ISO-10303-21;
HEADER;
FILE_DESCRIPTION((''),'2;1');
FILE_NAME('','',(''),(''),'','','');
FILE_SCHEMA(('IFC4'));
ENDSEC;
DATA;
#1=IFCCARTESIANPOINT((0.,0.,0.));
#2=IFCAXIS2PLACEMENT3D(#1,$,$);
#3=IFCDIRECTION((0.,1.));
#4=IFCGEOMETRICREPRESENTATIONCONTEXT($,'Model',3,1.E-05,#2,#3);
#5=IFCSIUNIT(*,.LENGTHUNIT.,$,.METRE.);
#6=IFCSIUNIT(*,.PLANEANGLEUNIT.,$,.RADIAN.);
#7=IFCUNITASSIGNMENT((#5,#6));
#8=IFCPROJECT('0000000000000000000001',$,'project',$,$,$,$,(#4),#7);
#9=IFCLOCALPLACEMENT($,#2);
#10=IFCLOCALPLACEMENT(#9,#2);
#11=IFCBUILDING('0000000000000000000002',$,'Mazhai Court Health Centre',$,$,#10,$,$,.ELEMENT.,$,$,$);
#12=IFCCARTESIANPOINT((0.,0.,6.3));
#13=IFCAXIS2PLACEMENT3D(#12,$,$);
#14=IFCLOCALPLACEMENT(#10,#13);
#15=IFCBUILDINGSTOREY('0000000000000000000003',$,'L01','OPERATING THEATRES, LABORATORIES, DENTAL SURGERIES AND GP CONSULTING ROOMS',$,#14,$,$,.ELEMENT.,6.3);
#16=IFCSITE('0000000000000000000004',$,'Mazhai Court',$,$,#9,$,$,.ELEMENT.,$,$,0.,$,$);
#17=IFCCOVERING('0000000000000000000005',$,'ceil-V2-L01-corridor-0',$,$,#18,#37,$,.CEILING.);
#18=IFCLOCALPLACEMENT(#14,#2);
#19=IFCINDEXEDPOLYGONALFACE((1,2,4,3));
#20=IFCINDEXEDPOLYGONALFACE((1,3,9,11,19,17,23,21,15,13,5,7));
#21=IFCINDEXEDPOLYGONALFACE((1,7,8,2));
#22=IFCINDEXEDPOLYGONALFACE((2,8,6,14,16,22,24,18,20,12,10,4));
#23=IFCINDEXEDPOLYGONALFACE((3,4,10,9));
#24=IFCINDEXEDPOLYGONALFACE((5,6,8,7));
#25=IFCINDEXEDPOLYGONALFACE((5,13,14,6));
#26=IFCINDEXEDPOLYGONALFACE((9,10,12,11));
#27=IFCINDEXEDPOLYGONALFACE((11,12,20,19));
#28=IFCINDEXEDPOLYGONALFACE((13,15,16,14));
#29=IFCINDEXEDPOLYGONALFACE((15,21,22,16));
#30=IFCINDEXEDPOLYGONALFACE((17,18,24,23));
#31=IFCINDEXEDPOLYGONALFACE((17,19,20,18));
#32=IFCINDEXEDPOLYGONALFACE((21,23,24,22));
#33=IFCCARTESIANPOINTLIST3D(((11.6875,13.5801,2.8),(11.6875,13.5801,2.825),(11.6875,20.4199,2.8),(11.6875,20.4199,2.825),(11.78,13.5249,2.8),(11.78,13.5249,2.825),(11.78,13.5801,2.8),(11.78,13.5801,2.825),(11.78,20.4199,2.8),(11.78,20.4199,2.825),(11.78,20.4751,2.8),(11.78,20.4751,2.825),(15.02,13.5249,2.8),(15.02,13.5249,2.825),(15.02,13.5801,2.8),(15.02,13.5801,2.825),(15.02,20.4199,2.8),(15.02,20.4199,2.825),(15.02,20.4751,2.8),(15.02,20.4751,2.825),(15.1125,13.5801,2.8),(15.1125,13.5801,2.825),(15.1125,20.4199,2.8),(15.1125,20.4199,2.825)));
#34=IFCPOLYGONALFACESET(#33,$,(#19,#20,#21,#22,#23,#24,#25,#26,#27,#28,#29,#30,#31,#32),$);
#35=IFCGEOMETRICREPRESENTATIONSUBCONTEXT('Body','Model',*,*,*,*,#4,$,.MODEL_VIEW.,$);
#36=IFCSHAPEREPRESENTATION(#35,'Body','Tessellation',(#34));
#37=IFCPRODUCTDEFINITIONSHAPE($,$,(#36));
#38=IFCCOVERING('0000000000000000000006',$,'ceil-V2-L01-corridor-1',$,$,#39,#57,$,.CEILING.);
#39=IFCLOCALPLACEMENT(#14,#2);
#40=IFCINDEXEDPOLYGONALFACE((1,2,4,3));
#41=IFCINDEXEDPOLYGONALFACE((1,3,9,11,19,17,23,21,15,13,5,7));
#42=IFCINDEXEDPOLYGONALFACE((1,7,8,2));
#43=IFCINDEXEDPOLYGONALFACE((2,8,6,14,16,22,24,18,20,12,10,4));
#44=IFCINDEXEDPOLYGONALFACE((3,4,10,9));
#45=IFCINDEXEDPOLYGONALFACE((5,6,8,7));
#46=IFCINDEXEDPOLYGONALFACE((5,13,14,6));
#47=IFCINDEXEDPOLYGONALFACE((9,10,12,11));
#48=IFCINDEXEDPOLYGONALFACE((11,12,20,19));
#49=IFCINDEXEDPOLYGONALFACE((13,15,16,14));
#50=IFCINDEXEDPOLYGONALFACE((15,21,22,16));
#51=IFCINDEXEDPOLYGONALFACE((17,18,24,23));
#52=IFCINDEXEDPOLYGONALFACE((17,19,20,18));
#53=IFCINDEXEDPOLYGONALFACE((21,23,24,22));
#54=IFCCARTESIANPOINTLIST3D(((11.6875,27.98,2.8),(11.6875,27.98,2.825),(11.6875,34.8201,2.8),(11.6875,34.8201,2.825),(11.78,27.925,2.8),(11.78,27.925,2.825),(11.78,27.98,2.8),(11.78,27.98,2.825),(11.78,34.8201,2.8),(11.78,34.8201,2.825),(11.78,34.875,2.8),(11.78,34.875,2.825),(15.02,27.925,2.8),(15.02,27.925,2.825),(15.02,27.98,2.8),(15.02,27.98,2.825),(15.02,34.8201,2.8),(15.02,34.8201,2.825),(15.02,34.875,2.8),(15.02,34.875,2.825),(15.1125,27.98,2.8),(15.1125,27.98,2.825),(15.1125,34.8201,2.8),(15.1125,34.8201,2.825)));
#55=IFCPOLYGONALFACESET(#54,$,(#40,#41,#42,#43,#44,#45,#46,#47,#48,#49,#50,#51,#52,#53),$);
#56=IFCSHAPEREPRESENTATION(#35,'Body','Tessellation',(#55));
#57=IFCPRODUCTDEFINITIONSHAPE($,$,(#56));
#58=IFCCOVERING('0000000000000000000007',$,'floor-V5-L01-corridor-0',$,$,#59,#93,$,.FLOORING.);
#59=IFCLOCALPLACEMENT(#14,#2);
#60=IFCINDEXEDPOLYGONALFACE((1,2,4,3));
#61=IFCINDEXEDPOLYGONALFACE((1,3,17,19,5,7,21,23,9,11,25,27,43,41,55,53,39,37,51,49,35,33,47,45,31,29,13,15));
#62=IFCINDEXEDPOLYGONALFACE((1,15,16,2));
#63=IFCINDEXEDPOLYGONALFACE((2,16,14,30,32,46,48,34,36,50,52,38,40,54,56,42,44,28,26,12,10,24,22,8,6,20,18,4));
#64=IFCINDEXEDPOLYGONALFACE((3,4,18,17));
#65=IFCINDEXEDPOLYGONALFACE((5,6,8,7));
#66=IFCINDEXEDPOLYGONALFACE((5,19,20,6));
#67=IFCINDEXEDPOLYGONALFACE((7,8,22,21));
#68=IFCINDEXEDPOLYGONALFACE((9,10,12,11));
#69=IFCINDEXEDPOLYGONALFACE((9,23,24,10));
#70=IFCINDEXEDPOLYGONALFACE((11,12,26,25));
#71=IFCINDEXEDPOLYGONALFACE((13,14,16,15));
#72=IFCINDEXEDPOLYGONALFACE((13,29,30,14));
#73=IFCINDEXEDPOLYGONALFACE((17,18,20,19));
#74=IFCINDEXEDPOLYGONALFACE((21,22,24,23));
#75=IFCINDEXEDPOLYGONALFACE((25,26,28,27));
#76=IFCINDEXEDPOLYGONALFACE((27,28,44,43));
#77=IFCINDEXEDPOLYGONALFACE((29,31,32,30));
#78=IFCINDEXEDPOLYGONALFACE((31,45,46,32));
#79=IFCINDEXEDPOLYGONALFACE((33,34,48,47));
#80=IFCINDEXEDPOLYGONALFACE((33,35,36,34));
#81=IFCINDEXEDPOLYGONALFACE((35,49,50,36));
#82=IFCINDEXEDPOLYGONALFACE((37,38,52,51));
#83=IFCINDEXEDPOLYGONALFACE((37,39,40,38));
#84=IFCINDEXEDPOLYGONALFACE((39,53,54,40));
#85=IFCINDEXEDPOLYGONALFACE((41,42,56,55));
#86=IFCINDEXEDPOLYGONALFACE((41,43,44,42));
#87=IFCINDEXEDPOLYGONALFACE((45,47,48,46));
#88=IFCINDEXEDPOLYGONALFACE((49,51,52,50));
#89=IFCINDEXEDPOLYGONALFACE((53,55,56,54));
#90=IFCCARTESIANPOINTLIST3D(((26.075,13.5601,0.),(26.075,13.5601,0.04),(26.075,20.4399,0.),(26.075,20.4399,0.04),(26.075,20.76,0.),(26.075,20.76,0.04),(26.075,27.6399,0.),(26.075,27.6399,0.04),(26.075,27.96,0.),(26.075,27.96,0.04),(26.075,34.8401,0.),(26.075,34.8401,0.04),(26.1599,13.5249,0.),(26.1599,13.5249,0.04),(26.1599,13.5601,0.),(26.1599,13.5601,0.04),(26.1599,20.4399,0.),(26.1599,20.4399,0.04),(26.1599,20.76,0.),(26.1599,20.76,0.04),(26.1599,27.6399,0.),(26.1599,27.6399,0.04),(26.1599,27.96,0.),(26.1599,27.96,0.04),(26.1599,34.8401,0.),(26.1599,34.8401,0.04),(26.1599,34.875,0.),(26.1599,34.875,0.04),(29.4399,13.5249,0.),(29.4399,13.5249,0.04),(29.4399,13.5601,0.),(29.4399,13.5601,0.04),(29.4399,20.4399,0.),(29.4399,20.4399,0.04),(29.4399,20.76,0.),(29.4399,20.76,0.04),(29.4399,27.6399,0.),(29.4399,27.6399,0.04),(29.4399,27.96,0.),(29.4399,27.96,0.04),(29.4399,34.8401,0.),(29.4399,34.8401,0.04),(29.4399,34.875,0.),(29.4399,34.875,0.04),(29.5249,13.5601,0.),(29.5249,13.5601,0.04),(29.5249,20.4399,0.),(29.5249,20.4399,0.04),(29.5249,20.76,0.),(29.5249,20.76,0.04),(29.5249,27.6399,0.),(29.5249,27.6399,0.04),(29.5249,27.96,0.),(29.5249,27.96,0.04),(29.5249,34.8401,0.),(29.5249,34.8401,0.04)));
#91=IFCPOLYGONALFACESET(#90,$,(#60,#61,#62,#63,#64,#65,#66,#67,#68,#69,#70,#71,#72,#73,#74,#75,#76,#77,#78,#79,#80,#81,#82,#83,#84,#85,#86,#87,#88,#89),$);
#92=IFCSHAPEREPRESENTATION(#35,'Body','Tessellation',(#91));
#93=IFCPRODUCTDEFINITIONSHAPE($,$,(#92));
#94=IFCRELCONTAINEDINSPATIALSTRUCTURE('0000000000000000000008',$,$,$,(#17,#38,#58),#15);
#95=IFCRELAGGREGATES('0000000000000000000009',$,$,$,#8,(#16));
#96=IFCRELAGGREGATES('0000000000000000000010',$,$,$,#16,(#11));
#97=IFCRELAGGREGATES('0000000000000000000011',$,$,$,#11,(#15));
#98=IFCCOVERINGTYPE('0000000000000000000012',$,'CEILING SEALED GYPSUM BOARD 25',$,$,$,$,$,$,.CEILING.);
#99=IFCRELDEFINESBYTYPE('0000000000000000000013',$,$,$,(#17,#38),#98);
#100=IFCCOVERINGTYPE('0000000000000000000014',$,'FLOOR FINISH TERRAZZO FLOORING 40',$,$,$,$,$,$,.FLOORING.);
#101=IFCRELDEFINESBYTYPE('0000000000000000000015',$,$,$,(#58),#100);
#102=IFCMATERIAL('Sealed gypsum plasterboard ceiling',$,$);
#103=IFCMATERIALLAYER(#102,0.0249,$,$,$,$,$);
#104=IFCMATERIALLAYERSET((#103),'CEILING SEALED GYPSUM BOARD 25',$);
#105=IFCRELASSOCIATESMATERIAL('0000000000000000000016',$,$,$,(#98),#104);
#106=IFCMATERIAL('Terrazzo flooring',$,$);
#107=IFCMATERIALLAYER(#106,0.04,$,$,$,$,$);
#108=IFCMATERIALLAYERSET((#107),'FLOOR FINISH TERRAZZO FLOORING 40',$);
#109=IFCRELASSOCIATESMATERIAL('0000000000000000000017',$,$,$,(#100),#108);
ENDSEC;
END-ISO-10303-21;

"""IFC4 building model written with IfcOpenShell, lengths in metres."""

from ifc_helpers import new_model, si_unit, direction, frame, origin, place, context, subcontext, project, spatial, polyline, outline, extrude, material, layer, layer_set, type_object, element, save


model = new_model("IFC4")

# Units and contexts
model_context = context("Model", 3, precision=1e-05, world=origin(), true_north=direction((0.0, 1.0)))
body_context = subcontext(model_context, "Body", "Model", "MODEL_VIEW")
ifc_project = project(units=[si_unit("LENGTHUNIT", "METRE"), si_unit("PLANEANGLEUNIT", "RADIAN")], contexts=[model_context])

# Site, building, storey
site_placement = place(None, origin())
site = spatial("IfcSite", under=ifc_project, at=site_placement, Name="Mazhai Court", CompositionType="ELEMENT", RefElevation=0.0)
building_placement = place(site_placement, origin())
building = spatial("IfcBuilding", under=site, at=building_placement, Name="Mazhai Court Health Centre", CompositionType="ELEMENT")
storey_placement = place(building_placement, frame((0.0, 0.0, 6.3)))
storey = spatial("IfcBuildingStorey", under=building, at=storey_placement, Name="L01", Description="OPERATING THEATRES, LABORATORIES, DENTAL SURGERIES AND GP CONSULTING ROOMS", CompositionType="ELEMENT", Elevation=6.3)

# Coverings
ifc_material_1 = material(Name="Sealed gypsum plasterboard ceiling")
ifc_layer_1 = layer(ifc_material_1, 0.0249)
ifc_layer_set_1 = layer_set([ifc_layer_1], Name="CEILING SEALED GYPSUM BOARD 25")
covering_type_1 = type_object("IfcCoveringType", Name="CEILING SEALED GYPSUM BOARD 25", PredefinedType="CEILING", material=ifc_layer_set_1)
covering_1_placement = place(storey_placement, frame((0.0, 0.0, 2.8)))
element("IfcCovering", 1, at=covering_1_placement, inside=storey, type_object=covering_type_1, Name="ceil-V2-L01-corridor-0", PredefinedType="CEILING", context=body_context, shape_type="SweptSolid", body=[
    extrude(outline(polyline([(15.02, 13.5249), (15.02, 13.5801), (15.1125, 13.5801), (15.1125, 20.4199), (15.02, 20.4199), (15.02, 20.4751), (11.78, 20.4751), (11.78, 20.4199), (11.6875, 20.4199), (11.6875, 13.5801), (11.78, 13.5801), (11.78, 13.5249), (15.02, 13.5249)])), origin(), (0.0, 0.0, 1.0), 0.0249),
])
covering_2_placement = place(storey_placement, frame((0.0, 0.0, 2.8)))
element("IfcCovering", 2, at=covering_2_placement, inside=storey, type_object=covering_type_1, Name="ceil-V2-L01-corridor-1", PredefinedType="CEILING", context=body_context, shape_type="SweptSolid", body=[
    extrude(outline(polyline([(15.02, 27.925), (15.02, 27.98), (15.1125, 27.98), (15.1125, 34.8201), (15.02, 34.8201), (15.02, 34.875), (11.78, 34.875), (11.78, 34.8201), (11.6875, 34.8201), (11.6875, 27.98), (11.78, 27.98), (11.78, 27.925), (15.02, 27.925)])), origin(), (0.0, 0.0, 1.0), 0.0249),
])
ifc_material_2 = material(Name="Terrazzo flooring")
ifc_layer_2 = layer(ifc_material_2, 0.04)
ifc_layer_set_2 = layer_set([ifc_layer_2], Name="FLOOR FINISH TERRAZZO FLOORING 40")
covering_type_2 = type_object("IfcCoveringType", Name="FLOOR FINISH TERRAZZO FLOORING 40", PredefinedType="FLOORING", material=ifc_layer_set_2)
covering_3_placement = place(storey_placement, origin())
element("IfcCovering", 3, at=covering_3_placement, inside=storey, type_object=covering_type_2, Name="floor-V5-L01-corridor-0", PredefinedType="FLOORING", context=body_context, shape_type="SweptSolid", body=[
    extrude(outline(polyline([(29.4399, 13.5249), (29.4399, 13.5601), (29.5249, 13.5601), (29.5249, 20.4399), (29.4399, 20.4399), (29.4399, 20.76), (29.5249, 20.76), (29.5249, 27.6399), (29.4399, 27.6399), (29.4399, 27.96), (29.5249, 27.96), (29.5249, 34.8401), (29.4399, 34.8401), (29.4399, 34.875), (26.1599, 34.875), (26.1599, 34.8401), (26.075, 34.8401), (26.075, 27.96), (26.1599, 27.96), (26.1599, 27.6399), (26.075, 27.6399), (26.075, 20.76), (26.1599, 20.76), (26.1599, 20.4399), (26.075, 20.4399), (26.075, 13.5601), (26.1599, 13.5601), (26.1599, 13.5249), (29.4399, 13.5249)])), origin(), (0.0, 0.0, 1.0), 0.04),
])

save(model, "model.ifc")
